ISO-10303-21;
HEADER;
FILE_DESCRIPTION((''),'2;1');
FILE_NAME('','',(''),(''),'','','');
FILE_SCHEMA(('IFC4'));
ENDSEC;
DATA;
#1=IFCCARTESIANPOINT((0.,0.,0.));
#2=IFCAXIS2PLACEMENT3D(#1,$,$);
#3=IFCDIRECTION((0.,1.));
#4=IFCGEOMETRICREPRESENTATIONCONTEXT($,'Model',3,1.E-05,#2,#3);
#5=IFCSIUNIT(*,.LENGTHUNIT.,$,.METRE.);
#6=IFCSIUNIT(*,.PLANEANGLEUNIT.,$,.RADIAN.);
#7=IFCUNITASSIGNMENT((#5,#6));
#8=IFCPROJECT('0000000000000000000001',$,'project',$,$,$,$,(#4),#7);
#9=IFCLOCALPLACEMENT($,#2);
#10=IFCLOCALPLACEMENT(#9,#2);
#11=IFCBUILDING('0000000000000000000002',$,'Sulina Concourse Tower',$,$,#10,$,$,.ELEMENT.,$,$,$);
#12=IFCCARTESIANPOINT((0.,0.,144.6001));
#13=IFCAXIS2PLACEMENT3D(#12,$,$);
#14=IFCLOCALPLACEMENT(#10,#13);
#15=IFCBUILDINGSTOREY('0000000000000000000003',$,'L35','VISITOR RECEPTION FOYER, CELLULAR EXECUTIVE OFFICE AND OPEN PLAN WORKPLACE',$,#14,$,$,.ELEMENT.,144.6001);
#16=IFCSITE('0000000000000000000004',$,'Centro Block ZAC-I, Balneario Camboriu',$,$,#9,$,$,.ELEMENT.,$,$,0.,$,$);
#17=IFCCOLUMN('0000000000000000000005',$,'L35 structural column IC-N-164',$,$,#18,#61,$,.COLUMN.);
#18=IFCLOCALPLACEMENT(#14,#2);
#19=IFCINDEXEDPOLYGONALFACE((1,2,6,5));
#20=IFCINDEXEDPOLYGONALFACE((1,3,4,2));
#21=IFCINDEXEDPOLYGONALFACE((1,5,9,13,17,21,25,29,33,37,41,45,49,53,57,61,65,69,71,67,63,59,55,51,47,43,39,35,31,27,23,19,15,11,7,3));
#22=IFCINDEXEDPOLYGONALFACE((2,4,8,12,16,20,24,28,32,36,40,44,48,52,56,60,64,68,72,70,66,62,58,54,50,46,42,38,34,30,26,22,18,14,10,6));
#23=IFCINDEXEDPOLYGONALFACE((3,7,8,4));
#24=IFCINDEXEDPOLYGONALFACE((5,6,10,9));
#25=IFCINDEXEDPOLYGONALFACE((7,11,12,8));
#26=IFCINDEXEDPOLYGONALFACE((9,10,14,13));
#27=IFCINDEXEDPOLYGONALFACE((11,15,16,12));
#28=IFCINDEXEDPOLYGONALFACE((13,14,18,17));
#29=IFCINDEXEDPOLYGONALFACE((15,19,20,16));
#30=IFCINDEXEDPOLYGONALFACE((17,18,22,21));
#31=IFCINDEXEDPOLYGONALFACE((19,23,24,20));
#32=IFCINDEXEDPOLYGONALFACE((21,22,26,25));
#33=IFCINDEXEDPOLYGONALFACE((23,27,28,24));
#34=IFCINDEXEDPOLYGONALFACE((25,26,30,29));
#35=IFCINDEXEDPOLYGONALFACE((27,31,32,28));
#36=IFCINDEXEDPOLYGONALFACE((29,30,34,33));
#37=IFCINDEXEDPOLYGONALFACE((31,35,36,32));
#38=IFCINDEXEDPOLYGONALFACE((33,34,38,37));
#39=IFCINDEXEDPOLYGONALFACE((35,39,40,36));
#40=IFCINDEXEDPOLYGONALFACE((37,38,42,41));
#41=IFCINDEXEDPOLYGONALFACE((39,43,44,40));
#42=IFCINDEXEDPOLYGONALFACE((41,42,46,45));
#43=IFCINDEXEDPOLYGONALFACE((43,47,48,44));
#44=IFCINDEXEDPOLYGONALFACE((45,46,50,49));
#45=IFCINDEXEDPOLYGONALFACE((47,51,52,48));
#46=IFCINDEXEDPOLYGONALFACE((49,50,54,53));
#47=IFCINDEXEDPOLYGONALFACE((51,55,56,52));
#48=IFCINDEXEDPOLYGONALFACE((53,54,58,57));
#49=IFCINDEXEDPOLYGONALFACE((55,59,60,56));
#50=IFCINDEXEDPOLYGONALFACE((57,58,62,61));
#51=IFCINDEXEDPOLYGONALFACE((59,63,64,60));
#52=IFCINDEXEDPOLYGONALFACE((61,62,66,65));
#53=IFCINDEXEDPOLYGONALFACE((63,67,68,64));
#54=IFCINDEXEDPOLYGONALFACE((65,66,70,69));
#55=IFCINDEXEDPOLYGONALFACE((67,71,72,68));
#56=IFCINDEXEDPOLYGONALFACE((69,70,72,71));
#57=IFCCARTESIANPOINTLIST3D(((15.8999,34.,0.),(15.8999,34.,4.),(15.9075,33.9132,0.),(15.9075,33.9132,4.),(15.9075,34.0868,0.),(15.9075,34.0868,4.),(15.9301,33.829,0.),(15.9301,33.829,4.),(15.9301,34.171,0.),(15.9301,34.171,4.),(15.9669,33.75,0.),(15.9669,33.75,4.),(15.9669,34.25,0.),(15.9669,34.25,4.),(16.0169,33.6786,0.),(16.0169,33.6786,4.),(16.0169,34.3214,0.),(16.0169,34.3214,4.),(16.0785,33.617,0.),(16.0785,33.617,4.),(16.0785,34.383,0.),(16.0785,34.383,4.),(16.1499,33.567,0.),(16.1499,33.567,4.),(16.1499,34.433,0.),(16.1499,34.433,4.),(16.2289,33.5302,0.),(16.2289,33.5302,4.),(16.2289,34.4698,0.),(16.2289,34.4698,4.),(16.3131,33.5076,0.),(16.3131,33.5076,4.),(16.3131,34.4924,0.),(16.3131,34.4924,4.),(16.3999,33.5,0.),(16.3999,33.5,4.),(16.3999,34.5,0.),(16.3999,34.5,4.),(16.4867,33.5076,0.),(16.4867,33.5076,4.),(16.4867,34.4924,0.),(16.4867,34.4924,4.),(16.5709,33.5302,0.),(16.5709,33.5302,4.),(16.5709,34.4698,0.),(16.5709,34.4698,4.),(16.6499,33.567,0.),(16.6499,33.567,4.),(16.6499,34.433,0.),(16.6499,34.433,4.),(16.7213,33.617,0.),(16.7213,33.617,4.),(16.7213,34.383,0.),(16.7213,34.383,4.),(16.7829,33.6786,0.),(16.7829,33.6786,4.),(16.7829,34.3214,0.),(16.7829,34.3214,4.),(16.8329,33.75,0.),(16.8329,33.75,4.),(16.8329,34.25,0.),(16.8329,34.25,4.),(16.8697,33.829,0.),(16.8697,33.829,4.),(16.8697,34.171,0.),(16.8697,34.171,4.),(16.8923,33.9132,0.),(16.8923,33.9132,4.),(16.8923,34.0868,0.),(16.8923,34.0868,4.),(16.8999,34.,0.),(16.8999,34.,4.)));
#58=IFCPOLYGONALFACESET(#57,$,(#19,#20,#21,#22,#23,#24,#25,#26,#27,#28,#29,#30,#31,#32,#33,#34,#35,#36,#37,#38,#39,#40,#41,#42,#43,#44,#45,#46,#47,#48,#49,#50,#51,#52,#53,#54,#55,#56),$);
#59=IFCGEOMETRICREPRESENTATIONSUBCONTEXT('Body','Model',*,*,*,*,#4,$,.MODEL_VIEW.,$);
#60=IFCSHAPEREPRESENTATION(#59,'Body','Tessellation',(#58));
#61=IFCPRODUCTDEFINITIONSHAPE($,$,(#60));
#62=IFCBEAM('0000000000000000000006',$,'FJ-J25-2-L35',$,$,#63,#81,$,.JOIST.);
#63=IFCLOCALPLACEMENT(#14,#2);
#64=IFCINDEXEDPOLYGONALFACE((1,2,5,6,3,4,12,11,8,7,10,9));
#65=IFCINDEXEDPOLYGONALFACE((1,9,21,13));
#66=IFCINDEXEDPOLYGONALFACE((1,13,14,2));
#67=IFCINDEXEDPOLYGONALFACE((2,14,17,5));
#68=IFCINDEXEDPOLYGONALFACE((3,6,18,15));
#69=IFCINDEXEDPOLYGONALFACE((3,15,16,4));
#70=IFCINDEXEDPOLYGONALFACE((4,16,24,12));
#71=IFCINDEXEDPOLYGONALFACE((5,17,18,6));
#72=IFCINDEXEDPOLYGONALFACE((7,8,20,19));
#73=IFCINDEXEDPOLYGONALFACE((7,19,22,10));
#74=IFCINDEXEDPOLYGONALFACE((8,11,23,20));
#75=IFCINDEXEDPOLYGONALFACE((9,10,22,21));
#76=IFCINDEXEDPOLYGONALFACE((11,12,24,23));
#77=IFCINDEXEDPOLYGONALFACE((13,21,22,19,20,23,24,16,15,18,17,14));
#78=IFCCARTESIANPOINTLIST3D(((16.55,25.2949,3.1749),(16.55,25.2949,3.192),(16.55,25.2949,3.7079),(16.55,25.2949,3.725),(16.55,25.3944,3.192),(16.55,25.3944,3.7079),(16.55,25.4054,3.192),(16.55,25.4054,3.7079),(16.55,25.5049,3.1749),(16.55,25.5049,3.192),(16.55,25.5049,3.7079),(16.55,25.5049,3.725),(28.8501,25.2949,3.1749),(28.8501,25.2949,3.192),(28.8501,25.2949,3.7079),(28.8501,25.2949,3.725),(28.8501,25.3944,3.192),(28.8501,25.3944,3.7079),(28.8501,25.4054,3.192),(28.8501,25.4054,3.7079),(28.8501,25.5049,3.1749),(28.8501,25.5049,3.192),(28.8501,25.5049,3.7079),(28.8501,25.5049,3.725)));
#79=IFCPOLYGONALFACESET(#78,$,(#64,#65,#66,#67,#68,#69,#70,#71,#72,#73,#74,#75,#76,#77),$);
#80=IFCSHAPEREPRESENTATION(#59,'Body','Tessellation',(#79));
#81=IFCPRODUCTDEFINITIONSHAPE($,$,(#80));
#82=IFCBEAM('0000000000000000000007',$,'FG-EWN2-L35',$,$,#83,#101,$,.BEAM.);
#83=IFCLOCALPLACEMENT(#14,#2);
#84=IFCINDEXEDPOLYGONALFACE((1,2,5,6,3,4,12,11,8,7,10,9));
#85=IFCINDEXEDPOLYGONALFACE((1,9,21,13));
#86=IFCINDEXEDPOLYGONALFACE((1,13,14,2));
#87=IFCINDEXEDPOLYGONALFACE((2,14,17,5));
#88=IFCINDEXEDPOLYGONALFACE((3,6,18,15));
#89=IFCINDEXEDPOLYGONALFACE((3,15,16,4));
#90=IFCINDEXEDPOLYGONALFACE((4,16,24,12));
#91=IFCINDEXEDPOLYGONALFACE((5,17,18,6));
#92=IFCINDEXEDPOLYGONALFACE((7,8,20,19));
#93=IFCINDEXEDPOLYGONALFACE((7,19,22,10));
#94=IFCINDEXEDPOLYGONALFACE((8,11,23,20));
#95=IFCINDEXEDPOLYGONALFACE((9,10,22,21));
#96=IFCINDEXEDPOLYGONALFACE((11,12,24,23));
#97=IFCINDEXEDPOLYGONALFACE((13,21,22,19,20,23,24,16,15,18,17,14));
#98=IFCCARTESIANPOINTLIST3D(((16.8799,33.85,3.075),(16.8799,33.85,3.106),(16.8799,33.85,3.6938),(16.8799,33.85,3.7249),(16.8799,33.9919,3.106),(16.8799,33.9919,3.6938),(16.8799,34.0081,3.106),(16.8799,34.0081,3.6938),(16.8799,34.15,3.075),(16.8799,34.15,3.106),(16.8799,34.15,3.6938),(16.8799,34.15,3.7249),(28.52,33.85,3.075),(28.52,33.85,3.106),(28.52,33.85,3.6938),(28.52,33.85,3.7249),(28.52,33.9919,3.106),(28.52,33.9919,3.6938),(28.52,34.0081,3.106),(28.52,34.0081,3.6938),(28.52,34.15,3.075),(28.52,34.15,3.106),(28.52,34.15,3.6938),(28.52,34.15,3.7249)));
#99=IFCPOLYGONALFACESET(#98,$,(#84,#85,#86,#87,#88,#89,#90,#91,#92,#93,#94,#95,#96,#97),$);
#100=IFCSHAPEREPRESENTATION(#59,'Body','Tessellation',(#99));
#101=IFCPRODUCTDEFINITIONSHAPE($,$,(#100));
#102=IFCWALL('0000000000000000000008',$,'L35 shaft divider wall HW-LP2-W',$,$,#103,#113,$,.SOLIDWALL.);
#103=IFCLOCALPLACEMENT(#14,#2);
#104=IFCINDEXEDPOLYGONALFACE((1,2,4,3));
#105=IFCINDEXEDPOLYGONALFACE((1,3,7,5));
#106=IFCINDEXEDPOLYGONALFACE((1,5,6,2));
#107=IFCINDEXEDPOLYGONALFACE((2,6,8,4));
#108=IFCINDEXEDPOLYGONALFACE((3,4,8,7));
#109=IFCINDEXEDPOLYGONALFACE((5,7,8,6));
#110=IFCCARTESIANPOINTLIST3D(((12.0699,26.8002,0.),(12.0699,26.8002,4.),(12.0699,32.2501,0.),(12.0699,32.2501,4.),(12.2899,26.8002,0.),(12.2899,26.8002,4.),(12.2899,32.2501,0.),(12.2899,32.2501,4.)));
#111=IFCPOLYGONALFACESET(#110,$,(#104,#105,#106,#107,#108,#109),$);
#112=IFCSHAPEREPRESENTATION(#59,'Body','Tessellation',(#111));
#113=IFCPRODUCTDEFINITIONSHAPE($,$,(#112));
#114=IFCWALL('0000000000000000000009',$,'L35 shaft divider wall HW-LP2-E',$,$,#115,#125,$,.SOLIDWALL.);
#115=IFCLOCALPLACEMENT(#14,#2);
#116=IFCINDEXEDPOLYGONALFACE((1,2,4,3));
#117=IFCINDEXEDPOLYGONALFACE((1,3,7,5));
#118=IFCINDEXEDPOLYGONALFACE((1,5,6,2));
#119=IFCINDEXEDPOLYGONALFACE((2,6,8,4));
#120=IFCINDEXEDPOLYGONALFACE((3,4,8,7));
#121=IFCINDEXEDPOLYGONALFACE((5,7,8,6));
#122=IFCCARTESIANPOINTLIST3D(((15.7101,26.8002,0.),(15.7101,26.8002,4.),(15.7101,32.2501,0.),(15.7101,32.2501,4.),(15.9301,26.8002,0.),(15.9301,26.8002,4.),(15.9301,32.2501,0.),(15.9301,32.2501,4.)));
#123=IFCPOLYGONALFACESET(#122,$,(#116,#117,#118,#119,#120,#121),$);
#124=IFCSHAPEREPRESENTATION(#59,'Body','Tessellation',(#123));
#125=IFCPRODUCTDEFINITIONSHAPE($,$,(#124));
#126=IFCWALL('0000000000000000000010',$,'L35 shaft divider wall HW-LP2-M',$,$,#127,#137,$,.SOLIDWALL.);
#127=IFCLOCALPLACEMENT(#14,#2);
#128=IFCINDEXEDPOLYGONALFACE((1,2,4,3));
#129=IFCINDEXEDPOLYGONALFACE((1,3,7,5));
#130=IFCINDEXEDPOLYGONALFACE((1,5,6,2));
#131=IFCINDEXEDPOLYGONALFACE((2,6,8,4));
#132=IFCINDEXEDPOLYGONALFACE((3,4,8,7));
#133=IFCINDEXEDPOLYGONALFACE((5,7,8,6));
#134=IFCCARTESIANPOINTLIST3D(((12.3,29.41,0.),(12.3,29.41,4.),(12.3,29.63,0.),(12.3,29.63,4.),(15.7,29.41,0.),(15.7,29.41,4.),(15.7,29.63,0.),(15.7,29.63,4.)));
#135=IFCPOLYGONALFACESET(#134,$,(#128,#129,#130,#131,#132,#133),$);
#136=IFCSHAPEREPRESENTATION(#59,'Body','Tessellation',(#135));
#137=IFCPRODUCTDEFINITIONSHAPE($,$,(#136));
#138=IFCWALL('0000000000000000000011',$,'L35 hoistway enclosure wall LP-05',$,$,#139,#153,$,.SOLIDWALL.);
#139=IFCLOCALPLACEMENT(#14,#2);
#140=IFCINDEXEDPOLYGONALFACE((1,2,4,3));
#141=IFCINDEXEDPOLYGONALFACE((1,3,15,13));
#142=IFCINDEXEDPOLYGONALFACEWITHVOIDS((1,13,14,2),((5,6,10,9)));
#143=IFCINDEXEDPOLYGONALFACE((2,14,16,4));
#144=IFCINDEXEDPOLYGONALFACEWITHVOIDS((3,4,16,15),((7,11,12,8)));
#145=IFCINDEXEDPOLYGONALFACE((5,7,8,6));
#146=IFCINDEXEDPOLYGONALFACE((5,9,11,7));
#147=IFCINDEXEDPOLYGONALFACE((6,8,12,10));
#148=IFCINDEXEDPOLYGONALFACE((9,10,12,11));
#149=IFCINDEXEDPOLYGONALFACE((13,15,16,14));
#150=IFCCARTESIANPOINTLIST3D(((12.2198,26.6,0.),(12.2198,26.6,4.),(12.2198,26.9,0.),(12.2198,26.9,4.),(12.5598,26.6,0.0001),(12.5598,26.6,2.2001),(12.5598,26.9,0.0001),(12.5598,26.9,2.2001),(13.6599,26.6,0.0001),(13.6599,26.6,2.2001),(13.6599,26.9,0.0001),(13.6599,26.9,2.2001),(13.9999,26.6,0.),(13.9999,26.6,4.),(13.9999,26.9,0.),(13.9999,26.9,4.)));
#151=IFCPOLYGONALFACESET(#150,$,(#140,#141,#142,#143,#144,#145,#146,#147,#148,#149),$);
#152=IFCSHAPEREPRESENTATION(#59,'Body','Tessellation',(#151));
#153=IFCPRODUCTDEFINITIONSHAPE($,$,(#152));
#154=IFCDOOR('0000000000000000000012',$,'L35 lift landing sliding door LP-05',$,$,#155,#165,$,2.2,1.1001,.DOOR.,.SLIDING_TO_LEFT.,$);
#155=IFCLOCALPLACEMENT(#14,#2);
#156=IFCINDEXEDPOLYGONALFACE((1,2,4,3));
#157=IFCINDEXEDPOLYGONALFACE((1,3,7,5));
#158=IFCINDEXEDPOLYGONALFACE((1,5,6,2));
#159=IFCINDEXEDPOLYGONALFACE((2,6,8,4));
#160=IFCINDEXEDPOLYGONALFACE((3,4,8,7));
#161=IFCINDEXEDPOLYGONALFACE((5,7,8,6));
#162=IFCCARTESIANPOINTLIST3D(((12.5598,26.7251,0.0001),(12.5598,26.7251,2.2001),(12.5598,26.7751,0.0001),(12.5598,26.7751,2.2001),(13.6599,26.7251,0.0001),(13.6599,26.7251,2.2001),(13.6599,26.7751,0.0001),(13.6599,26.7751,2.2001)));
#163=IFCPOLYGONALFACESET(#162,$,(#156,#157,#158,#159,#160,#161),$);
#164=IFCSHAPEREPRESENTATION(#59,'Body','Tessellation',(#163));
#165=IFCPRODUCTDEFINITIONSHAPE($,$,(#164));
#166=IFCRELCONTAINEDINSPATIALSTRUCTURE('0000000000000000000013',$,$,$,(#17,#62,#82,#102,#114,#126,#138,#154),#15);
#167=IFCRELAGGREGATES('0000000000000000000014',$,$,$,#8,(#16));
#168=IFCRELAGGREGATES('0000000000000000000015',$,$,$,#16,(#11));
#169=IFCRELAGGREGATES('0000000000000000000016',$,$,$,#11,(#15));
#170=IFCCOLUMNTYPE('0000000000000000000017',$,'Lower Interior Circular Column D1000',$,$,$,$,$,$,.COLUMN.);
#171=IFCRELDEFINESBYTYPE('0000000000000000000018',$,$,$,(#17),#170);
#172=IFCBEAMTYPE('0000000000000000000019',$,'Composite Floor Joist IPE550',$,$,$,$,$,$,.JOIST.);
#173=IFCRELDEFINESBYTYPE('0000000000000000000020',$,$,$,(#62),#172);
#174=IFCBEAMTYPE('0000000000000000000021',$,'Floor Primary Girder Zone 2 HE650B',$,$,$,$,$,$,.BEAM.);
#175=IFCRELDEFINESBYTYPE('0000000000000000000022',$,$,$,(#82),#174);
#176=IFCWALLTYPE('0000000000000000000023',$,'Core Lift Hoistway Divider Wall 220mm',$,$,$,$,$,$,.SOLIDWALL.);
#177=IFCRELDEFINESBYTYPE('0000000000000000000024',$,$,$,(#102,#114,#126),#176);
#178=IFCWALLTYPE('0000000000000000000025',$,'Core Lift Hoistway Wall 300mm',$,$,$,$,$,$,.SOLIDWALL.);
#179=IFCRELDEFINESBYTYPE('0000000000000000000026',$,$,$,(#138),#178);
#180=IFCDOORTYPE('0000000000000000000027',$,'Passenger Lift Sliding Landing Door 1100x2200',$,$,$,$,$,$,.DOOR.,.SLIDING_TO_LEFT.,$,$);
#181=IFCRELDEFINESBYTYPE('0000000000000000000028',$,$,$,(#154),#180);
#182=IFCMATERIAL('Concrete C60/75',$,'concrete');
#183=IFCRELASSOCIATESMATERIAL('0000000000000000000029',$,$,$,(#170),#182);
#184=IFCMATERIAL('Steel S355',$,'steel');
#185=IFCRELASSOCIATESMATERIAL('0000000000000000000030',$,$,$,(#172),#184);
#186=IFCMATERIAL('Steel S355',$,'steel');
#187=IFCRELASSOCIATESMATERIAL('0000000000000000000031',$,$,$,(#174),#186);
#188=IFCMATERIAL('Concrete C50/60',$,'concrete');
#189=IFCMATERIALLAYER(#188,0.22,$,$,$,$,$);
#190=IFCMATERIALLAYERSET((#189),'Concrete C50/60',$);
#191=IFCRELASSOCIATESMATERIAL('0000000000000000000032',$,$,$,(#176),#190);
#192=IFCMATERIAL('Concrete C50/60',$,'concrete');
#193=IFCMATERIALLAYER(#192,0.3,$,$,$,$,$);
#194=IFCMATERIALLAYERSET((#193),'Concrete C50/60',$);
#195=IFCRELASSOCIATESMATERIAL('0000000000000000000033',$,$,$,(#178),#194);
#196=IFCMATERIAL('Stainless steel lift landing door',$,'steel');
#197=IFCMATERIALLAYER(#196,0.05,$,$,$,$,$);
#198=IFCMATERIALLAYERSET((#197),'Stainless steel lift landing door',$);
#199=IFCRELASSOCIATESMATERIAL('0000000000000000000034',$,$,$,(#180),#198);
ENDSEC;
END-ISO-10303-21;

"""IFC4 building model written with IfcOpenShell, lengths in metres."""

from ifc_helpers import new_model, si_unit, direction, frame, frame_2d, origin, origin_2d, place, context, subcontext, project, spatial, rectangle, circle, i_section, extrude, material, layer, layer_set, material_profile, profile_set, type_object, element, fill, save


model = new_model("IFC4")

# Units and contexts
model_context = context("Model", 3, precision=1e-05, world=origin(), true_north=direction((0.0, 1.0)))
body_context = subcontext(model_context, "Body", "Model", "MODEL_VIEW")
ifc_project = project(units=[si_unit("LENGTHUNIT", "METRE"), si_unit("PLANEANGLEUNIT", "RADIAN")], contexts=[model_context])

# Site, building, storey
site_placement = place(None, origin())
site = spatial("IfcSite", under=ifc_project, at=site_placement, Name="Centro Block ZAC-I, Balneario Camboriu", CompositionType="ELEMENT", RefElevation=0.0)
building_placement = place(site_placement, origin())
building = spatial("IfcBuilding", under=site, at=building_placement, Name="Sulina Concourse Tower", CompositionType="ELEMENT")
storey_placement = place(building_placement, frame((0.0, 0.0, 144.6001)))
storey = spatial("IfcBuildingStorey", under=building, at=storey_placement, Name="L35", Description="VISITOR RECEPTION FOYER, CELLULAR EXECUTIVE OFFICE AND OPEN PLAN WORKPLACE", CompositionType="ELEMENT", Elevation=144.6001)

# Column
ifc_material_1 = material(Name="Concrete C60/75", Category="concrete")
ifc_material_profile_1 = material_profile(ifc_material_1, circle(Radius=0.5, at=origin_2d()), Name="RC D1000")
ifc_profile_set_1 = profile_set([ifc_material_profile_1], Name="Concrete C60/75")
column_type = type_object("IfcColumnType", Name="Lower Interior Circular Column D1000", PredefinedType="COLUMN", material=ifc_profile_set_1)
column_placement = place(storey_placement, frame((16.3999, 34.0, 0.0), z_axis=(0.0, 0.0, 1.0), x_axis=(1.0, 0.0, 0.0)))
element("IfcColumn", 1, at=column_placement, inside=storey, type_object=column_type, Name="L35 structural column IC-N-164", PredefinedType="COLUMN", context=body_context, shape_type="SweptSolid", body=[
    extrude(circle(Radius=0.5, at=origin_2d()), origin(), (0.0, 0.0, 1.0), 4.0),
])

# Beams
ifc_material_2 = material(Name="Steel S355", Category="steel")
ifc_material_profile_2 = material_profile(ifc_material_2, i_section(OverallWidth=0.21, OverallDepth=0.55, WebThickness=0.011, FlangeThickness=0.0171, at=origin_2d()), Name="IPE 550")
ifc_profile_set_2 = profile_set([ifc_material_profile_2], Name="Steel S355")
beam_type_1 = type_object("IfcBeamType", Name="Composite Floor Joist IPE550", PredefinedType="JOIST", material=ifc_profile_set_2)
beam_1_placement = place(storey_placement, frame((16.55, 25.3999, 3.45), z_axis=(1.0, 0.0, 0.0), x_axis=(0.0, 1.0, 0.0)))
element("IfcBeam", 2, at=beam_1_placement, inside=storey, type_object=beam_type_1, Name="FJ-J25-2-L35", PredefinedType="JOIST", context=body_context, shape_type="SweptSolid", body=[
    extrude(i_section(OverallWidth=0.21, OverallDepth=0.55, WebThickness=0.011, FlangeThickness=0.0171, at=origin_2d()), origin(), (0.0, 0.0, 1.0), 12.3),
])
ifc_material_3 = material(Name="Steel S355", Category="steel")
ifc_material_profile_3 = material_profile(ifc_material_3, i_section(OverallWidth=0.3, OverallDepth=0.6499, WebThickness=0.0161, FlangeThickness=0.031, at=origin_2d()), Name="HE 650 B")
ifc_profile_set_3 = profile_set([ifc_material_profile_3], Name="Steel S355")
beam_type_2 = type_object("IfcBeamType", Name="Floor Primary Girder Zone 2 HE650B", PredefinedType="BEAM", material=ifc_profile_set_3)
beam_2_placement = place(storey_placement, frame((16.8799, 34.0, 3.3999), z_axis=(1.0, 0.0, 0.0), x_axis=(0.0, 1.0, 0.0)))
element("IfcBeam", 3, at=beam_2_placement, inside=storey, type_object=beam_type_2, Name="FG-EWN2-L35", PredefinedType="BEAM", context=body_context, shape_type="SweptSolid", body=[
    extrude(i_section(OverallWidth=0.3, OverallDepth=0.6499, WebThickness=0.0161, FlangeThickness=0.031, at=origin_2d()), origin(), (0.0, 0.0, 1.0), 11.6401),
])

# Walls
ifc_material_4 = material(Name="Concrete C50/60", Category="concrete")
ifc_layer_1 = layer(ifc_material_4, 0.22)
ifc_layer_set_1 = layer_set([ifc_layer_1], Name="Concrete C50/60")
wall_type_1 = type_object("IfcWallType", Name="Core Lift Hoistway Divider Wall 220mm", PredefinedType="SOLIDWALL", material=ifc_layer_set_1)
for number, where, z_axis, x_axis, name in (
    (4, (12.1799, 26.8, 0.0), (0.0, 0.0, 1.0), (0.0, 1.0, 0.0), "L35 shaft divider wall HW-LP2-W"),
    (5, (15.8201, 26.8, 0.0), (0.0, 0.0, 1.0), (0.0, 1.0, 0.0), "L35 shaft divider wall HW-LP2-E"),
):
    element("IfcWall", number, at=place(storey_placement, frame(where, z_axis=z_axis, x_axis=x_axis)), inside=storey, type_object=wall_type_1, Name=name, PredefinedType="SOLIDWALL", context=body_context, shape_type="SweptSolid", body=[
        extrude(rectangle(XDim=5.45, YDim=0.22, at=frame_2d((2.7251, 0.0))), origin(), (0.0, 0.0, 1.0), 4.0),
    ])
wall_1_placement = place(storey_placement, frame((12.3, 29.52, 0.0), z_axis=(0.0, 0.0, 1.0), x_axis=(1.0, 0.0, 0.0)))
element("IfcWall", 6, at=wall_1_placement, inside=storey, type_object=wall_type_1, Name="L35 shaft divider wall HW-LP2-M", PredefinedType="SOLIDWALL", context=body_context, shape_type="SweptSolid", body=[
    extrude(rectangle(XDim=3.3999, YDim=0.22, at=frame_2d((1.7, 0.0))), origin(), (0.0, 0.0, 1.0), 4.0),
])

# Wall, opening, door
ifc_material_5 = material(Name="Concrete C50/60", Category="concrete")
ifc_layer_2 = layer(ifc_material_5, 0.3)
ifc_layer_set_2 = layer_set([ifc_layer_2], Name="Concrete C50/60")
wall_type_2 = type_object("IfcWallType", Name="Core Lift Hoistway Wall 300mm", PredefinedType="SOLIDWALL", material=ifc_layer_set_2)
wall_2_placement = place(storey_placement, frame((14.0, 26.75, 0.0), z_axis=(0.0, 0.0, 1.0), x_axis=(-1.0, 0.0, 0.0)))
wall_2 = element("IfcWall", 7, at=wall_2_placement, inside=storey, type_object=wall_type_2, Name="L35 hoistway enclosure wall LP-05", PredefinedType="SOLIDWALL", context=body_context, shape_type="SweptSolid", body=[
    extrude(rectangle(XDim=1.78, YDim=0.3, at=frame_2d((0.8901, 0.0))), origin(), (0.0, 0.0, 1.0), 4.0),
])
opening_1_placement = place(wall_2_placement, frame((0.3401, 0.0, 0.0)))
opening_1 = element("IfcOpeningElement", 8, at=opening_1_placement, cuts=wall_2, PredefinedType="OPENING", context=body_context, shape_type="SweptSolid", body=[
    extrude(rectangle(XDim=1.1001, YDim=2.2, at=frame_2d((0.55, 1.1001))), frame((0.0, 0.1599, 0.0), z_axis=(0.0, -1.0, 0.0), x_axis=(1.0, 0.0, 0.0)), (0.0, 0.0, 1.0), 0.3201),
])
ifc_material_6 = material(Name="Stainless steel lift landing door", Category="steel")
ifc_layer_3 = layer(ifc_material_6, 0.05)
ifc_layer_set_3 = layer_set([ifc_layer_3], Name="Stainless steel lift landing door")
door_type_1 = type_object("IfcDoorType", Name="Passenger Lift Sliding Landing Door 1100x2200", OperationType="SLIDING_TO_LEFT", PredefinedType="DOOR", material=ifc_layer_set_3)
door_1_placement = place(opening_1_placement, origin())
door_1 = element("IfcDoor", 9, at=door_1_placement, inside=storey, type_object=door_type_1, Name="L35 lift landing sliding door LP-05", OperationType="SLIDING_TO_LEFT", OverallHeight=2.2, OverallWidth=1.1001, PredefinedType="DOOR", context=body_context, shape_type="SweptSolid", body=[
    extrude(rectangle(XDim=1.1001, YDim=2.2, at=frame_2d((0.55, 1.1001))), frame((0.0, 0.0249, 0.0), z_axis=(0.0, -1.0, 0.0), x_axis=(1.0, 0.0, 0.0)), (0.0, 0.0, 1.0), 0.05),
])
fill(opening_1, door_1)

save(model, "model.ifc")
